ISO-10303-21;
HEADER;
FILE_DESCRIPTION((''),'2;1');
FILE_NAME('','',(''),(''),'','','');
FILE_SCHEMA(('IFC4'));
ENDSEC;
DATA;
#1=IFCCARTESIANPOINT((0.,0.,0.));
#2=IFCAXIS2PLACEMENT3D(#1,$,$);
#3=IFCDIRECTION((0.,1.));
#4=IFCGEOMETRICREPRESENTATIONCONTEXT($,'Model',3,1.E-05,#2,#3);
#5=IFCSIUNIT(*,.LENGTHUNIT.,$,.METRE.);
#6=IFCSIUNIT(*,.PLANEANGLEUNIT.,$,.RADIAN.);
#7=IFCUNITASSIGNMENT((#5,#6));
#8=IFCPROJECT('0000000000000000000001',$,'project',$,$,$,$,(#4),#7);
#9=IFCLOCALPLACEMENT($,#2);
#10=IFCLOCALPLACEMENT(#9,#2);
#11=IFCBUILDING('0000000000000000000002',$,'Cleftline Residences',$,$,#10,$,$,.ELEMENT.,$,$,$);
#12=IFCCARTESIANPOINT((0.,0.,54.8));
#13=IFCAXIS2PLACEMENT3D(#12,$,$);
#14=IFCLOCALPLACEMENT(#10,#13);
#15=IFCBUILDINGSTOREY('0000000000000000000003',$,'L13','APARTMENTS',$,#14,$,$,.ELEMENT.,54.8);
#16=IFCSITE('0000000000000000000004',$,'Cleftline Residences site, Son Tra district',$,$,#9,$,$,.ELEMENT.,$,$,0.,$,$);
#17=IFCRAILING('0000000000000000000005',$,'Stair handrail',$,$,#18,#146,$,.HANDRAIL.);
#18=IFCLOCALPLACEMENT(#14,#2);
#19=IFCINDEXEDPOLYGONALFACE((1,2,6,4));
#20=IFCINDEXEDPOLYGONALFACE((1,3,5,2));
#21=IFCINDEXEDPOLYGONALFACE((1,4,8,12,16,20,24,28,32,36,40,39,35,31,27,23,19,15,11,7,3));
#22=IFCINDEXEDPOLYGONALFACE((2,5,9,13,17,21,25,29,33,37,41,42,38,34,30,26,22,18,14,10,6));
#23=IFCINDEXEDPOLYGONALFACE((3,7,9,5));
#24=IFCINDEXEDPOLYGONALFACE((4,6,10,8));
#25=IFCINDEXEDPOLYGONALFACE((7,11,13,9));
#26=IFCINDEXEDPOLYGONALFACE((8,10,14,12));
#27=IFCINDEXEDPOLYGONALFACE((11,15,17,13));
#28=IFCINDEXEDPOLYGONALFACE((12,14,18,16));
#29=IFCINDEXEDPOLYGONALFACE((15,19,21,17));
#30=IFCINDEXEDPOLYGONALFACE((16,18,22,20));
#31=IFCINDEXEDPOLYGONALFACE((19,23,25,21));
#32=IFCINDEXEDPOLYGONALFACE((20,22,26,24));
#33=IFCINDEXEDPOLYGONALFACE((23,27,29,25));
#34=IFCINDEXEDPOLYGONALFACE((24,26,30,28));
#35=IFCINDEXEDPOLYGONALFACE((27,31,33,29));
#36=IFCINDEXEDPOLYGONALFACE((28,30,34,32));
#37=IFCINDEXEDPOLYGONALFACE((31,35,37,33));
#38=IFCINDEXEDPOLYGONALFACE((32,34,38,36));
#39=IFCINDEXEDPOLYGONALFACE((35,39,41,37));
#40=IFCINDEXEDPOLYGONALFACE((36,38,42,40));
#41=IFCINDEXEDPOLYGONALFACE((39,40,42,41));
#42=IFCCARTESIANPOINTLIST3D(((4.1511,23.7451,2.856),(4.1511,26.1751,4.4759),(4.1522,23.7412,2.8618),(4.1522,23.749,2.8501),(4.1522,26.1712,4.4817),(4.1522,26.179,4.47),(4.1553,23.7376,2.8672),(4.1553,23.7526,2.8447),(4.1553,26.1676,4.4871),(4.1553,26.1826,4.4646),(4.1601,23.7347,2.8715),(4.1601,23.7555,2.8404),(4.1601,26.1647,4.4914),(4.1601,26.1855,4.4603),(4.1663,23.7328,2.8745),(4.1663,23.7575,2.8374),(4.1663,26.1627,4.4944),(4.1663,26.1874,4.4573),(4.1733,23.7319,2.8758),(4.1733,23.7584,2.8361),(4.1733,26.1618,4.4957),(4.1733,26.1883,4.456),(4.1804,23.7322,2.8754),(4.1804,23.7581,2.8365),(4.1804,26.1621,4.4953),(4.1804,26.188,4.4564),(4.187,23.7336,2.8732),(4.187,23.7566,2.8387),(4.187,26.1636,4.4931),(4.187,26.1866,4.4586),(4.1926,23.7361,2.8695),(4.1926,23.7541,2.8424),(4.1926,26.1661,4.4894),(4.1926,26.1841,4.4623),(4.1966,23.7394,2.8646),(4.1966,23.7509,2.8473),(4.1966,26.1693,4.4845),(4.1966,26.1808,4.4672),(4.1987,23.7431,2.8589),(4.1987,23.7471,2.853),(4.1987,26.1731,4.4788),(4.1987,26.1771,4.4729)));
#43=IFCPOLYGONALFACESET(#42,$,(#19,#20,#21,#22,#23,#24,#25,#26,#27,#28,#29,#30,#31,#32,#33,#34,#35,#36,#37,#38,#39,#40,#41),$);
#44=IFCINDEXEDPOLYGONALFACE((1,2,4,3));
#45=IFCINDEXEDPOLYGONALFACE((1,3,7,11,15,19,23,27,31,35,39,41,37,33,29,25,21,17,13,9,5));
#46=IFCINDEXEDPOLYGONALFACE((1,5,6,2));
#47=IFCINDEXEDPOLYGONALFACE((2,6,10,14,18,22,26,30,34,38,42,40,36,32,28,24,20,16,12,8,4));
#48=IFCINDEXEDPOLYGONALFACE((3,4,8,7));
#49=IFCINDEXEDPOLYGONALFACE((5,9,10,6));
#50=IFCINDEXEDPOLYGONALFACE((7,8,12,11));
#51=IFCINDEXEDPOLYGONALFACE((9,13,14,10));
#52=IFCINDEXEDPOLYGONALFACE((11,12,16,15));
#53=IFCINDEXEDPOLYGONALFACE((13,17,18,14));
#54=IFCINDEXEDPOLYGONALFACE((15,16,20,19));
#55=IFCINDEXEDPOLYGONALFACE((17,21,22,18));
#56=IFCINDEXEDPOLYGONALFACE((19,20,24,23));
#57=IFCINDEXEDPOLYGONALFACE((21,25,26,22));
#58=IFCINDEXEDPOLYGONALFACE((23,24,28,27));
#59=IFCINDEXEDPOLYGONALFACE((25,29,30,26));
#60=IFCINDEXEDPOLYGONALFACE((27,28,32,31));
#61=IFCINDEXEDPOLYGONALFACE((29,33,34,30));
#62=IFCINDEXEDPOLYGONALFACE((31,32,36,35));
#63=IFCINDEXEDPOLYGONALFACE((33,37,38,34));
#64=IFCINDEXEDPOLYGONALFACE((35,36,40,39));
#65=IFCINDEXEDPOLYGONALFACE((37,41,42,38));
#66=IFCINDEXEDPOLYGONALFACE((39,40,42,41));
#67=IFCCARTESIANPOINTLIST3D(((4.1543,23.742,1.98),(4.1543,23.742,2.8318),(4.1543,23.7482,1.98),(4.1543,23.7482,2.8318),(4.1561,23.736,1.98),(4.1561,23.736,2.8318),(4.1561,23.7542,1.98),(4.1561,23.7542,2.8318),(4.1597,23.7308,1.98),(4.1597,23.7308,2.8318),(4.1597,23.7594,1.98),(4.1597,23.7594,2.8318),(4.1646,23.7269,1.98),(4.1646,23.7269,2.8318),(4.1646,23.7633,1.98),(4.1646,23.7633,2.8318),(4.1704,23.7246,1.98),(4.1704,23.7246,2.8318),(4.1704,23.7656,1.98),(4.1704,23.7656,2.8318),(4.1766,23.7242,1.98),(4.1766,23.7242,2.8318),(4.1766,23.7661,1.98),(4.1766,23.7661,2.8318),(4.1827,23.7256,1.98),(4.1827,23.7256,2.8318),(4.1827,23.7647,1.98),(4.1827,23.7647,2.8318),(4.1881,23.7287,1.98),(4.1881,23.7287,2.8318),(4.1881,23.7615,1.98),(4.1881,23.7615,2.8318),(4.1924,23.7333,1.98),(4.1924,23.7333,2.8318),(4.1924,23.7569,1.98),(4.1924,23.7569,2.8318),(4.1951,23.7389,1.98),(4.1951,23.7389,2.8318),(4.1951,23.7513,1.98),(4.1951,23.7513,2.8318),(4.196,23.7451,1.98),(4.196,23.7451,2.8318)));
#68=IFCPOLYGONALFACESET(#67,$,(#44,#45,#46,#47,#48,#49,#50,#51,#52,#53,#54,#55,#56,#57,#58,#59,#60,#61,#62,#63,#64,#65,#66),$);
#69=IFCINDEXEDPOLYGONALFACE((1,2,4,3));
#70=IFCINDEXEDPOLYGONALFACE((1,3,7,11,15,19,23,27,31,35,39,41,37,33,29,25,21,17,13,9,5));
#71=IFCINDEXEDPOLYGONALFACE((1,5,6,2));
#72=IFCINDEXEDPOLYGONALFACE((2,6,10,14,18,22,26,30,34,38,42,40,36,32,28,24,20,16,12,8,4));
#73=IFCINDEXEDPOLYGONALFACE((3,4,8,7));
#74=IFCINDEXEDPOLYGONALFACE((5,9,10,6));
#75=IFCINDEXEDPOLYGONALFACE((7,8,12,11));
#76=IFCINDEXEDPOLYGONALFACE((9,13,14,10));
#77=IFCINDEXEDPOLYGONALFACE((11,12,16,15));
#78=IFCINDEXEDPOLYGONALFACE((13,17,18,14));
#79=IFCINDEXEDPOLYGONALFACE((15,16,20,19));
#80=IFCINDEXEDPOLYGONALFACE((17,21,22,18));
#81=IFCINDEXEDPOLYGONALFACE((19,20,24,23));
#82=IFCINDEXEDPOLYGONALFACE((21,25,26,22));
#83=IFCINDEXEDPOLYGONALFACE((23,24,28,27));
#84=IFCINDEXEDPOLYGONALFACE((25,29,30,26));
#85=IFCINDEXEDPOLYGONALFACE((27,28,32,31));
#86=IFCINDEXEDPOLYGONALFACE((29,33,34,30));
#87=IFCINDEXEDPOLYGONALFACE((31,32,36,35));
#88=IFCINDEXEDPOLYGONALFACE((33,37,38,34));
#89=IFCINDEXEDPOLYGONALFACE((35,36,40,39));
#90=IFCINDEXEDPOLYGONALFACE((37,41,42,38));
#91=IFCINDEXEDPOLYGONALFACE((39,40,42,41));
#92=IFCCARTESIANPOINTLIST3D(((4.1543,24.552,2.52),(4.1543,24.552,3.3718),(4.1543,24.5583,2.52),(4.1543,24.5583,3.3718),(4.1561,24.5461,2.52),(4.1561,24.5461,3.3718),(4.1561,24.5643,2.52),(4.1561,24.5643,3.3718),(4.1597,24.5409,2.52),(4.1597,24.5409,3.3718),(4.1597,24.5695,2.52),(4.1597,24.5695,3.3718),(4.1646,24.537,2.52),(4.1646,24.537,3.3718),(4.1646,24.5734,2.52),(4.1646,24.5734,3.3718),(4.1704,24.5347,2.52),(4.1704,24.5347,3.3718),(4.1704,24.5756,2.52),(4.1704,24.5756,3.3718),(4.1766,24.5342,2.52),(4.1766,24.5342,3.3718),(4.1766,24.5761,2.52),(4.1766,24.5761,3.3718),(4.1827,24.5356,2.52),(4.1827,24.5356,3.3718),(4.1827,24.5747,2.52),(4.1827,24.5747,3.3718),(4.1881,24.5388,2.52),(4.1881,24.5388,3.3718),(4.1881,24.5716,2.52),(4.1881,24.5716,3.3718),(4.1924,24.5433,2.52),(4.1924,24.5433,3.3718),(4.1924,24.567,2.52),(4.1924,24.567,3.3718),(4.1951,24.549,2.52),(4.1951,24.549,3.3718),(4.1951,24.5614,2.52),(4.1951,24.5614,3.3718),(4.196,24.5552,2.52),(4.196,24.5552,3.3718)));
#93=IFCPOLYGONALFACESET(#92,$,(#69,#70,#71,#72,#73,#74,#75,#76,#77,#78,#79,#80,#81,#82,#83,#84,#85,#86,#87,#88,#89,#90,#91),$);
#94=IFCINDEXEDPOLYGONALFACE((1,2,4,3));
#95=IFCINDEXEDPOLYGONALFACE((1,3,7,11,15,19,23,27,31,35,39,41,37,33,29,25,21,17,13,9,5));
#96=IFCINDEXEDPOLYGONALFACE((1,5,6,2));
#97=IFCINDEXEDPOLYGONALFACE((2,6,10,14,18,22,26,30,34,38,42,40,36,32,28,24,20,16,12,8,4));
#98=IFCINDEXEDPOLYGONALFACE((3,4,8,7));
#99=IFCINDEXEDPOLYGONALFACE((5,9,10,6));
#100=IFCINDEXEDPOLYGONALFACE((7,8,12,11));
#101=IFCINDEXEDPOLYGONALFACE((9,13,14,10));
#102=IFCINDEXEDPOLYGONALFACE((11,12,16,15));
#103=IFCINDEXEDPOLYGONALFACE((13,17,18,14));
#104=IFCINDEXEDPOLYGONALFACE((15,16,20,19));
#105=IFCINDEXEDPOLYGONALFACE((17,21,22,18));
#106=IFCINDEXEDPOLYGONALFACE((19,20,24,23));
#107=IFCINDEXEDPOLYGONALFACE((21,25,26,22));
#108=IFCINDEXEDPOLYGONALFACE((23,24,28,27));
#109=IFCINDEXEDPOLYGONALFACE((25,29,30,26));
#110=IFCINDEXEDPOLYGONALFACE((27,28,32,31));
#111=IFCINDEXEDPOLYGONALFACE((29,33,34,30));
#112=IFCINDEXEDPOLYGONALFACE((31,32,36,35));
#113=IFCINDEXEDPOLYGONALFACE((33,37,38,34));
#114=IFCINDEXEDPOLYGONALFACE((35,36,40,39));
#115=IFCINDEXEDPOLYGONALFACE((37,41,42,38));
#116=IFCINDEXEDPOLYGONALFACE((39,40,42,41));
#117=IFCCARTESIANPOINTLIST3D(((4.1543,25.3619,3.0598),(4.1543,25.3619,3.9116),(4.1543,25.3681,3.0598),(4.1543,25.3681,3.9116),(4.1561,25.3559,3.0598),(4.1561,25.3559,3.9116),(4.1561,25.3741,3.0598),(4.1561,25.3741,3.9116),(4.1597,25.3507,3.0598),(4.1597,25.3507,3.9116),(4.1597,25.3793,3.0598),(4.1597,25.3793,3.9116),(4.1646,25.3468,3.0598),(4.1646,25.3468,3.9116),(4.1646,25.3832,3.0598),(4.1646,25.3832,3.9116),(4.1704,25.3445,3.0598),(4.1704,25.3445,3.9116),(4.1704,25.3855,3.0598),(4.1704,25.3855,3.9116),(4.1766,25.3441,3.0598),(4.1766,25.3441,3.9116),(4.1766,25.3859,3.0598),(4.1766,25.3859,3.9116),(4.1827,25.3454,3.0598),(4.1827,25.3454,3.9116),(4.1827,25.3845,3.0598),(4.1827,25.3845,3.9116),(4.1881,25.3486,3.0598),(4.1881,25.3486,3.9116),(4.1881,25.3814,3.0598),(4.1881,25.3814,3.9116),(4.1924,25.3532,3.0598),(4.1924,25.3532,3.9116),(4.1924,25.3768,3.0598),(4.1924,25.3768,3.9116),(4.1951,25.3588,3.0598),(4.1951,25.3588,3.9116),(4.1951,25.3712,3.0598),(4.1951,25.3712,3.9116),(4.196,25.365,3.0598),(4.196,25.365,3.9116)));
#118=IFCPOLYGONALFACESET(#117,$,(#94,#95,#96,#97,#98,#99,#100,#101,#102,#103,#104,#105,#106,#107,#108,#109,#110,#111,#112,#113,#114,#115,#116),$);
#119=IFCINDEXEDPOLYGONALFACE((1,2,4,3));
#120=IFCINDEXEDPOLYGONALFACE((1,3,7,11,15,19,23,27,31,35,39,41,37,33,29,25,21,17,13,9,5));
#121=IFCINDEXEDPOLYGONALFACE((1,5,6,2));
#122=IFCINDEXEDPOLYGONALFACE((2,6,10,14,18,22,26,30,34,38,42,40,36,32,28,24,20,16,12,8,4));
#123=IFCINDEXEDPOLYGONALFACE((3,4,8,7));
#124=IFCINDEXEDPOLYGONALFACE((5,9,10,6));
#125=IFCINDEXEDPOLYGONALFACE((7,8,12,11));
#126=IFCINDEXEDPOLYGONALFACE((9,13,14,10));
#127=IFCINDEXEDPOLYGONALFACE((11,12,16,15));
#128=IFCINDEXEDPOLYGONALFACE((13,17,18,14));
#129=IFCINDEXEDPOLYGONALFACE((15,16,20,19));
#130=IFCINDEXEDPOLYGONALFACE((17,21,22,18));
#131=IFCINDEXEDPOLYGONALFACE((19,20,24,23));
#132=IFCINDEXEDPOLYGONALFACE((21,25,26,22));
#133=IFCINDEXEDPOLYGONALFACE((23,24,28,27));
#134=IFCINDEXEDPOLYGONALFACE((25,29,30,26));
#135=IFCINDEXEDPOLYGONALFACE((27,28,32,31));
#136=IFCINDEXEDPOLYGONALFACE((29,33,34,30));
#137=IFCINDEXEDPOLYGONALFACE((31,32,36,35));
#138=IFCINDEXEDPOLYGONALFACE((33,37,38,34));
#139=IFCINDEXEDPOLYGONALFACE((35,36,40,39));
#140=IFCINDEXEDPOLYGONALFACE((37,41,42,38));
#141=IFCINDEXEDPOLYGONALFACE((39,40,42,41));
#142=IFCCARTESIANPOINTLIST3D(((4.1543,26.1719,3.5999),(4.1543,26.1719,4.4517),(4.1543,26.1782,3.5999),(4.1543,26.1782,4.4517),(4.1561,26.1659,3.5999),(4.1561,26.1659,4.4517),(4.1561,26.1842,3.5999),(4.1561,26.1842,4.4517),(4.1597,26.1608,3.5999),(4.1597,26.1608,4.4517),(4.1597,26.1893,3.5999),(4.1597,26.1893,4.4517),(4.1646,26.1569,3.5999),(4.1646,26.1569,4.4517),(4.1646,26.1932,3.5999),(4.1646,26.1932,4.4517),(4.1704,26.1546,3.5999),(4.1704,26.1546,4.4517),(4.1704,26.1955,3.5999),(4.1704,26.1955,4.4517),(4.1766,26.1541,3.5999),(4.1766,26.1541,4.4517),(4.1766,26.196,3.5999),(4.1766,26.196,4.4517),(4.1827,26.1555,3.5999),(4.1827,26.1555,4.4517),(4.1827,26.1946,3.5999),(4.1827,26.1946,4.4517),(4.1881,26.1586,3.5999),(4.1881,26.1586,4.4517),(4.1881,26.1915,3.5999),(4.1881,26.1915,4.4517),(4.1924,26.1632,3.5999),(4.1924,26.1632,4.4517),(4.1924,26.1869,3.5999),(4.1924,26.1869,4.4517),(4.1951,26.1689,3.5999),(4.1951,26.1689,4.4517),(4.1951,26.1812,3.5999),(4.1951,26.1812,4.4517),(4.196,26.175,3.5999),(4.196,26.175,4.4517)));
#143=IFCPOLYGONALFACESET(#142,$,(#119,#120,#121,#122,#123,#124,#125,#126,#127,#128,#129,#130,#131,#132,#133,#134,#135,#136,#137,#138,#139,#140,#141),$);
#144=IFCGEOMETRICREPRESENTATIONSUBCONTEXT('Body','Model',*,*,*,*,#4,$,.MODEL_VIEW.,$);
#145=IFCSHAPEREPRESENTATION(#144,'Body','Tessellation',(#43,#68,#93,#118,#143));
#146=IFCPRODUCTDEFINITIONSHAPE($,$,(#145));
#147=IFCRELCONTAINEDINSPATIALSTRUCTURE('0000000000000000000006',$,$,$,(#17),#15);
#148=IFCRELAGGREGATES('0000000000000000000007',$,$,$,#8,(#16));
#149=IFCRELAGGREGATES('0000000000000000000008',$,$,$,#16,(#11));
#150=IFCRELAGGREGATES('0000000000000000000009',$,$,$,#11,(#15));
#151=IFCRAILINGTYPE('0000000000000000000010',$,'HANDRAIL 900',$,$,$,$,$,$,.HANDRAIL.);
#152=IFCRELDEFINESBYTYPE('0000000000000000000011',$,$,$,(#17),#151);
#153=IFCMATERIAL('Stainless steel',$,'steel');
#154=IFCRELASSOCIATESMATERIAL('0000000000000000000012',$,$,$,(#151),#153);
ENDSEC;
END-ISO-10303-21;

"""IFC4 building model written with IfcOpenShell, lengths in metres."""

from ifc_helpers import new_model, si_unit, direction, frame, origin, origin_2d, place, context, subcontext, project, spatial, circle, extrude, material, type_object, element, save


model = new_model("IFC4")

# Units and contexts
model_context = context("Model", 3, precision=1e-05, world=origin(), true_north=direction((0.0, 1.0)))
body_context = subcontext(model_context, "Body", "Model", "MODEL_VIEW")
ifc_project = project(units=[si_unit("LENGTHUNIT", "METRE"), si_unit("PLANEANGLEUNIT", "RADIAN")], contexts=[model_context])

# Site, building, storey
site_placement = place(None, origin())
site = spatial("IfcSite", under=ifc_project, at=site_placement, Name="Cleftline Residences site, Son Tra district", CompositionType="ELEMENT", RefElevation=0.0)
building_placement = place(site_placement, origin())
building = spatial("IfcBuilding", under=site, at=building_placement, Name="Cleftline Residences", CompositionType="ELEMENT")
storey_placement = place(building_placement, frame((0.0, 0.0, 54.8)))
storey = spatial("IfcBuildingStorey", under=building, at=storey_placement, Name="L13", Description="APARTMENTS", CompositionType="ELEMENT", Elevation=54.8)

# Railing
ifc_material_1 = material(Name="Stainless steel", Category="steel")
railing_type = type_object("IfcRailingType", Name="HANDRAIL 900", PredefinedType="HANDRAIL", material=ifc_material_1)
railing_1_placement = place(storey_placement, frame((4.175, 23.7451, 1.98)))
element("IfcRailing", 1, at=railing_1_placement, inside=storey, type_object=railing_type, Name="Stair handrail", PredefinedType="HANDRAIL", context=body_context, shape_type="SweptSolid", body=[
    extrude(circle(Radius=0.0239, at=origin_2d()), frame((0.0, 0.0, 0.876), z_axis=(0.0, 0.832063, 0.554681), x_axis=(-1.0, 0.0, 0.0)), (0.0, 0.0, 1.0), 2.9204),
    extrude(circle(Radius=0.021, at=origin_2d()), origin(), (0.0, 0.0, 1.0), 0.8518),
    extrude(circle(Radius=0.021, at=origin_2d()), frame((0.0, 0.8101, 0.54)), (0.0, 0.0, 1.0), 0.8518),
    extrude(circle(Radius=0.021, at=origin_2d()), frame((0.0, 1.6199, 1.0798)), (0.0, 0.0, 1.0), 0.8518),
    extrude(circle(Radius=0.021, at=origin_2d()), frame((0.0, 2.4299, 1.6199)), (0.0, 0.0, 1.0), 0.8518),
])

save(model, "model.ifc")
